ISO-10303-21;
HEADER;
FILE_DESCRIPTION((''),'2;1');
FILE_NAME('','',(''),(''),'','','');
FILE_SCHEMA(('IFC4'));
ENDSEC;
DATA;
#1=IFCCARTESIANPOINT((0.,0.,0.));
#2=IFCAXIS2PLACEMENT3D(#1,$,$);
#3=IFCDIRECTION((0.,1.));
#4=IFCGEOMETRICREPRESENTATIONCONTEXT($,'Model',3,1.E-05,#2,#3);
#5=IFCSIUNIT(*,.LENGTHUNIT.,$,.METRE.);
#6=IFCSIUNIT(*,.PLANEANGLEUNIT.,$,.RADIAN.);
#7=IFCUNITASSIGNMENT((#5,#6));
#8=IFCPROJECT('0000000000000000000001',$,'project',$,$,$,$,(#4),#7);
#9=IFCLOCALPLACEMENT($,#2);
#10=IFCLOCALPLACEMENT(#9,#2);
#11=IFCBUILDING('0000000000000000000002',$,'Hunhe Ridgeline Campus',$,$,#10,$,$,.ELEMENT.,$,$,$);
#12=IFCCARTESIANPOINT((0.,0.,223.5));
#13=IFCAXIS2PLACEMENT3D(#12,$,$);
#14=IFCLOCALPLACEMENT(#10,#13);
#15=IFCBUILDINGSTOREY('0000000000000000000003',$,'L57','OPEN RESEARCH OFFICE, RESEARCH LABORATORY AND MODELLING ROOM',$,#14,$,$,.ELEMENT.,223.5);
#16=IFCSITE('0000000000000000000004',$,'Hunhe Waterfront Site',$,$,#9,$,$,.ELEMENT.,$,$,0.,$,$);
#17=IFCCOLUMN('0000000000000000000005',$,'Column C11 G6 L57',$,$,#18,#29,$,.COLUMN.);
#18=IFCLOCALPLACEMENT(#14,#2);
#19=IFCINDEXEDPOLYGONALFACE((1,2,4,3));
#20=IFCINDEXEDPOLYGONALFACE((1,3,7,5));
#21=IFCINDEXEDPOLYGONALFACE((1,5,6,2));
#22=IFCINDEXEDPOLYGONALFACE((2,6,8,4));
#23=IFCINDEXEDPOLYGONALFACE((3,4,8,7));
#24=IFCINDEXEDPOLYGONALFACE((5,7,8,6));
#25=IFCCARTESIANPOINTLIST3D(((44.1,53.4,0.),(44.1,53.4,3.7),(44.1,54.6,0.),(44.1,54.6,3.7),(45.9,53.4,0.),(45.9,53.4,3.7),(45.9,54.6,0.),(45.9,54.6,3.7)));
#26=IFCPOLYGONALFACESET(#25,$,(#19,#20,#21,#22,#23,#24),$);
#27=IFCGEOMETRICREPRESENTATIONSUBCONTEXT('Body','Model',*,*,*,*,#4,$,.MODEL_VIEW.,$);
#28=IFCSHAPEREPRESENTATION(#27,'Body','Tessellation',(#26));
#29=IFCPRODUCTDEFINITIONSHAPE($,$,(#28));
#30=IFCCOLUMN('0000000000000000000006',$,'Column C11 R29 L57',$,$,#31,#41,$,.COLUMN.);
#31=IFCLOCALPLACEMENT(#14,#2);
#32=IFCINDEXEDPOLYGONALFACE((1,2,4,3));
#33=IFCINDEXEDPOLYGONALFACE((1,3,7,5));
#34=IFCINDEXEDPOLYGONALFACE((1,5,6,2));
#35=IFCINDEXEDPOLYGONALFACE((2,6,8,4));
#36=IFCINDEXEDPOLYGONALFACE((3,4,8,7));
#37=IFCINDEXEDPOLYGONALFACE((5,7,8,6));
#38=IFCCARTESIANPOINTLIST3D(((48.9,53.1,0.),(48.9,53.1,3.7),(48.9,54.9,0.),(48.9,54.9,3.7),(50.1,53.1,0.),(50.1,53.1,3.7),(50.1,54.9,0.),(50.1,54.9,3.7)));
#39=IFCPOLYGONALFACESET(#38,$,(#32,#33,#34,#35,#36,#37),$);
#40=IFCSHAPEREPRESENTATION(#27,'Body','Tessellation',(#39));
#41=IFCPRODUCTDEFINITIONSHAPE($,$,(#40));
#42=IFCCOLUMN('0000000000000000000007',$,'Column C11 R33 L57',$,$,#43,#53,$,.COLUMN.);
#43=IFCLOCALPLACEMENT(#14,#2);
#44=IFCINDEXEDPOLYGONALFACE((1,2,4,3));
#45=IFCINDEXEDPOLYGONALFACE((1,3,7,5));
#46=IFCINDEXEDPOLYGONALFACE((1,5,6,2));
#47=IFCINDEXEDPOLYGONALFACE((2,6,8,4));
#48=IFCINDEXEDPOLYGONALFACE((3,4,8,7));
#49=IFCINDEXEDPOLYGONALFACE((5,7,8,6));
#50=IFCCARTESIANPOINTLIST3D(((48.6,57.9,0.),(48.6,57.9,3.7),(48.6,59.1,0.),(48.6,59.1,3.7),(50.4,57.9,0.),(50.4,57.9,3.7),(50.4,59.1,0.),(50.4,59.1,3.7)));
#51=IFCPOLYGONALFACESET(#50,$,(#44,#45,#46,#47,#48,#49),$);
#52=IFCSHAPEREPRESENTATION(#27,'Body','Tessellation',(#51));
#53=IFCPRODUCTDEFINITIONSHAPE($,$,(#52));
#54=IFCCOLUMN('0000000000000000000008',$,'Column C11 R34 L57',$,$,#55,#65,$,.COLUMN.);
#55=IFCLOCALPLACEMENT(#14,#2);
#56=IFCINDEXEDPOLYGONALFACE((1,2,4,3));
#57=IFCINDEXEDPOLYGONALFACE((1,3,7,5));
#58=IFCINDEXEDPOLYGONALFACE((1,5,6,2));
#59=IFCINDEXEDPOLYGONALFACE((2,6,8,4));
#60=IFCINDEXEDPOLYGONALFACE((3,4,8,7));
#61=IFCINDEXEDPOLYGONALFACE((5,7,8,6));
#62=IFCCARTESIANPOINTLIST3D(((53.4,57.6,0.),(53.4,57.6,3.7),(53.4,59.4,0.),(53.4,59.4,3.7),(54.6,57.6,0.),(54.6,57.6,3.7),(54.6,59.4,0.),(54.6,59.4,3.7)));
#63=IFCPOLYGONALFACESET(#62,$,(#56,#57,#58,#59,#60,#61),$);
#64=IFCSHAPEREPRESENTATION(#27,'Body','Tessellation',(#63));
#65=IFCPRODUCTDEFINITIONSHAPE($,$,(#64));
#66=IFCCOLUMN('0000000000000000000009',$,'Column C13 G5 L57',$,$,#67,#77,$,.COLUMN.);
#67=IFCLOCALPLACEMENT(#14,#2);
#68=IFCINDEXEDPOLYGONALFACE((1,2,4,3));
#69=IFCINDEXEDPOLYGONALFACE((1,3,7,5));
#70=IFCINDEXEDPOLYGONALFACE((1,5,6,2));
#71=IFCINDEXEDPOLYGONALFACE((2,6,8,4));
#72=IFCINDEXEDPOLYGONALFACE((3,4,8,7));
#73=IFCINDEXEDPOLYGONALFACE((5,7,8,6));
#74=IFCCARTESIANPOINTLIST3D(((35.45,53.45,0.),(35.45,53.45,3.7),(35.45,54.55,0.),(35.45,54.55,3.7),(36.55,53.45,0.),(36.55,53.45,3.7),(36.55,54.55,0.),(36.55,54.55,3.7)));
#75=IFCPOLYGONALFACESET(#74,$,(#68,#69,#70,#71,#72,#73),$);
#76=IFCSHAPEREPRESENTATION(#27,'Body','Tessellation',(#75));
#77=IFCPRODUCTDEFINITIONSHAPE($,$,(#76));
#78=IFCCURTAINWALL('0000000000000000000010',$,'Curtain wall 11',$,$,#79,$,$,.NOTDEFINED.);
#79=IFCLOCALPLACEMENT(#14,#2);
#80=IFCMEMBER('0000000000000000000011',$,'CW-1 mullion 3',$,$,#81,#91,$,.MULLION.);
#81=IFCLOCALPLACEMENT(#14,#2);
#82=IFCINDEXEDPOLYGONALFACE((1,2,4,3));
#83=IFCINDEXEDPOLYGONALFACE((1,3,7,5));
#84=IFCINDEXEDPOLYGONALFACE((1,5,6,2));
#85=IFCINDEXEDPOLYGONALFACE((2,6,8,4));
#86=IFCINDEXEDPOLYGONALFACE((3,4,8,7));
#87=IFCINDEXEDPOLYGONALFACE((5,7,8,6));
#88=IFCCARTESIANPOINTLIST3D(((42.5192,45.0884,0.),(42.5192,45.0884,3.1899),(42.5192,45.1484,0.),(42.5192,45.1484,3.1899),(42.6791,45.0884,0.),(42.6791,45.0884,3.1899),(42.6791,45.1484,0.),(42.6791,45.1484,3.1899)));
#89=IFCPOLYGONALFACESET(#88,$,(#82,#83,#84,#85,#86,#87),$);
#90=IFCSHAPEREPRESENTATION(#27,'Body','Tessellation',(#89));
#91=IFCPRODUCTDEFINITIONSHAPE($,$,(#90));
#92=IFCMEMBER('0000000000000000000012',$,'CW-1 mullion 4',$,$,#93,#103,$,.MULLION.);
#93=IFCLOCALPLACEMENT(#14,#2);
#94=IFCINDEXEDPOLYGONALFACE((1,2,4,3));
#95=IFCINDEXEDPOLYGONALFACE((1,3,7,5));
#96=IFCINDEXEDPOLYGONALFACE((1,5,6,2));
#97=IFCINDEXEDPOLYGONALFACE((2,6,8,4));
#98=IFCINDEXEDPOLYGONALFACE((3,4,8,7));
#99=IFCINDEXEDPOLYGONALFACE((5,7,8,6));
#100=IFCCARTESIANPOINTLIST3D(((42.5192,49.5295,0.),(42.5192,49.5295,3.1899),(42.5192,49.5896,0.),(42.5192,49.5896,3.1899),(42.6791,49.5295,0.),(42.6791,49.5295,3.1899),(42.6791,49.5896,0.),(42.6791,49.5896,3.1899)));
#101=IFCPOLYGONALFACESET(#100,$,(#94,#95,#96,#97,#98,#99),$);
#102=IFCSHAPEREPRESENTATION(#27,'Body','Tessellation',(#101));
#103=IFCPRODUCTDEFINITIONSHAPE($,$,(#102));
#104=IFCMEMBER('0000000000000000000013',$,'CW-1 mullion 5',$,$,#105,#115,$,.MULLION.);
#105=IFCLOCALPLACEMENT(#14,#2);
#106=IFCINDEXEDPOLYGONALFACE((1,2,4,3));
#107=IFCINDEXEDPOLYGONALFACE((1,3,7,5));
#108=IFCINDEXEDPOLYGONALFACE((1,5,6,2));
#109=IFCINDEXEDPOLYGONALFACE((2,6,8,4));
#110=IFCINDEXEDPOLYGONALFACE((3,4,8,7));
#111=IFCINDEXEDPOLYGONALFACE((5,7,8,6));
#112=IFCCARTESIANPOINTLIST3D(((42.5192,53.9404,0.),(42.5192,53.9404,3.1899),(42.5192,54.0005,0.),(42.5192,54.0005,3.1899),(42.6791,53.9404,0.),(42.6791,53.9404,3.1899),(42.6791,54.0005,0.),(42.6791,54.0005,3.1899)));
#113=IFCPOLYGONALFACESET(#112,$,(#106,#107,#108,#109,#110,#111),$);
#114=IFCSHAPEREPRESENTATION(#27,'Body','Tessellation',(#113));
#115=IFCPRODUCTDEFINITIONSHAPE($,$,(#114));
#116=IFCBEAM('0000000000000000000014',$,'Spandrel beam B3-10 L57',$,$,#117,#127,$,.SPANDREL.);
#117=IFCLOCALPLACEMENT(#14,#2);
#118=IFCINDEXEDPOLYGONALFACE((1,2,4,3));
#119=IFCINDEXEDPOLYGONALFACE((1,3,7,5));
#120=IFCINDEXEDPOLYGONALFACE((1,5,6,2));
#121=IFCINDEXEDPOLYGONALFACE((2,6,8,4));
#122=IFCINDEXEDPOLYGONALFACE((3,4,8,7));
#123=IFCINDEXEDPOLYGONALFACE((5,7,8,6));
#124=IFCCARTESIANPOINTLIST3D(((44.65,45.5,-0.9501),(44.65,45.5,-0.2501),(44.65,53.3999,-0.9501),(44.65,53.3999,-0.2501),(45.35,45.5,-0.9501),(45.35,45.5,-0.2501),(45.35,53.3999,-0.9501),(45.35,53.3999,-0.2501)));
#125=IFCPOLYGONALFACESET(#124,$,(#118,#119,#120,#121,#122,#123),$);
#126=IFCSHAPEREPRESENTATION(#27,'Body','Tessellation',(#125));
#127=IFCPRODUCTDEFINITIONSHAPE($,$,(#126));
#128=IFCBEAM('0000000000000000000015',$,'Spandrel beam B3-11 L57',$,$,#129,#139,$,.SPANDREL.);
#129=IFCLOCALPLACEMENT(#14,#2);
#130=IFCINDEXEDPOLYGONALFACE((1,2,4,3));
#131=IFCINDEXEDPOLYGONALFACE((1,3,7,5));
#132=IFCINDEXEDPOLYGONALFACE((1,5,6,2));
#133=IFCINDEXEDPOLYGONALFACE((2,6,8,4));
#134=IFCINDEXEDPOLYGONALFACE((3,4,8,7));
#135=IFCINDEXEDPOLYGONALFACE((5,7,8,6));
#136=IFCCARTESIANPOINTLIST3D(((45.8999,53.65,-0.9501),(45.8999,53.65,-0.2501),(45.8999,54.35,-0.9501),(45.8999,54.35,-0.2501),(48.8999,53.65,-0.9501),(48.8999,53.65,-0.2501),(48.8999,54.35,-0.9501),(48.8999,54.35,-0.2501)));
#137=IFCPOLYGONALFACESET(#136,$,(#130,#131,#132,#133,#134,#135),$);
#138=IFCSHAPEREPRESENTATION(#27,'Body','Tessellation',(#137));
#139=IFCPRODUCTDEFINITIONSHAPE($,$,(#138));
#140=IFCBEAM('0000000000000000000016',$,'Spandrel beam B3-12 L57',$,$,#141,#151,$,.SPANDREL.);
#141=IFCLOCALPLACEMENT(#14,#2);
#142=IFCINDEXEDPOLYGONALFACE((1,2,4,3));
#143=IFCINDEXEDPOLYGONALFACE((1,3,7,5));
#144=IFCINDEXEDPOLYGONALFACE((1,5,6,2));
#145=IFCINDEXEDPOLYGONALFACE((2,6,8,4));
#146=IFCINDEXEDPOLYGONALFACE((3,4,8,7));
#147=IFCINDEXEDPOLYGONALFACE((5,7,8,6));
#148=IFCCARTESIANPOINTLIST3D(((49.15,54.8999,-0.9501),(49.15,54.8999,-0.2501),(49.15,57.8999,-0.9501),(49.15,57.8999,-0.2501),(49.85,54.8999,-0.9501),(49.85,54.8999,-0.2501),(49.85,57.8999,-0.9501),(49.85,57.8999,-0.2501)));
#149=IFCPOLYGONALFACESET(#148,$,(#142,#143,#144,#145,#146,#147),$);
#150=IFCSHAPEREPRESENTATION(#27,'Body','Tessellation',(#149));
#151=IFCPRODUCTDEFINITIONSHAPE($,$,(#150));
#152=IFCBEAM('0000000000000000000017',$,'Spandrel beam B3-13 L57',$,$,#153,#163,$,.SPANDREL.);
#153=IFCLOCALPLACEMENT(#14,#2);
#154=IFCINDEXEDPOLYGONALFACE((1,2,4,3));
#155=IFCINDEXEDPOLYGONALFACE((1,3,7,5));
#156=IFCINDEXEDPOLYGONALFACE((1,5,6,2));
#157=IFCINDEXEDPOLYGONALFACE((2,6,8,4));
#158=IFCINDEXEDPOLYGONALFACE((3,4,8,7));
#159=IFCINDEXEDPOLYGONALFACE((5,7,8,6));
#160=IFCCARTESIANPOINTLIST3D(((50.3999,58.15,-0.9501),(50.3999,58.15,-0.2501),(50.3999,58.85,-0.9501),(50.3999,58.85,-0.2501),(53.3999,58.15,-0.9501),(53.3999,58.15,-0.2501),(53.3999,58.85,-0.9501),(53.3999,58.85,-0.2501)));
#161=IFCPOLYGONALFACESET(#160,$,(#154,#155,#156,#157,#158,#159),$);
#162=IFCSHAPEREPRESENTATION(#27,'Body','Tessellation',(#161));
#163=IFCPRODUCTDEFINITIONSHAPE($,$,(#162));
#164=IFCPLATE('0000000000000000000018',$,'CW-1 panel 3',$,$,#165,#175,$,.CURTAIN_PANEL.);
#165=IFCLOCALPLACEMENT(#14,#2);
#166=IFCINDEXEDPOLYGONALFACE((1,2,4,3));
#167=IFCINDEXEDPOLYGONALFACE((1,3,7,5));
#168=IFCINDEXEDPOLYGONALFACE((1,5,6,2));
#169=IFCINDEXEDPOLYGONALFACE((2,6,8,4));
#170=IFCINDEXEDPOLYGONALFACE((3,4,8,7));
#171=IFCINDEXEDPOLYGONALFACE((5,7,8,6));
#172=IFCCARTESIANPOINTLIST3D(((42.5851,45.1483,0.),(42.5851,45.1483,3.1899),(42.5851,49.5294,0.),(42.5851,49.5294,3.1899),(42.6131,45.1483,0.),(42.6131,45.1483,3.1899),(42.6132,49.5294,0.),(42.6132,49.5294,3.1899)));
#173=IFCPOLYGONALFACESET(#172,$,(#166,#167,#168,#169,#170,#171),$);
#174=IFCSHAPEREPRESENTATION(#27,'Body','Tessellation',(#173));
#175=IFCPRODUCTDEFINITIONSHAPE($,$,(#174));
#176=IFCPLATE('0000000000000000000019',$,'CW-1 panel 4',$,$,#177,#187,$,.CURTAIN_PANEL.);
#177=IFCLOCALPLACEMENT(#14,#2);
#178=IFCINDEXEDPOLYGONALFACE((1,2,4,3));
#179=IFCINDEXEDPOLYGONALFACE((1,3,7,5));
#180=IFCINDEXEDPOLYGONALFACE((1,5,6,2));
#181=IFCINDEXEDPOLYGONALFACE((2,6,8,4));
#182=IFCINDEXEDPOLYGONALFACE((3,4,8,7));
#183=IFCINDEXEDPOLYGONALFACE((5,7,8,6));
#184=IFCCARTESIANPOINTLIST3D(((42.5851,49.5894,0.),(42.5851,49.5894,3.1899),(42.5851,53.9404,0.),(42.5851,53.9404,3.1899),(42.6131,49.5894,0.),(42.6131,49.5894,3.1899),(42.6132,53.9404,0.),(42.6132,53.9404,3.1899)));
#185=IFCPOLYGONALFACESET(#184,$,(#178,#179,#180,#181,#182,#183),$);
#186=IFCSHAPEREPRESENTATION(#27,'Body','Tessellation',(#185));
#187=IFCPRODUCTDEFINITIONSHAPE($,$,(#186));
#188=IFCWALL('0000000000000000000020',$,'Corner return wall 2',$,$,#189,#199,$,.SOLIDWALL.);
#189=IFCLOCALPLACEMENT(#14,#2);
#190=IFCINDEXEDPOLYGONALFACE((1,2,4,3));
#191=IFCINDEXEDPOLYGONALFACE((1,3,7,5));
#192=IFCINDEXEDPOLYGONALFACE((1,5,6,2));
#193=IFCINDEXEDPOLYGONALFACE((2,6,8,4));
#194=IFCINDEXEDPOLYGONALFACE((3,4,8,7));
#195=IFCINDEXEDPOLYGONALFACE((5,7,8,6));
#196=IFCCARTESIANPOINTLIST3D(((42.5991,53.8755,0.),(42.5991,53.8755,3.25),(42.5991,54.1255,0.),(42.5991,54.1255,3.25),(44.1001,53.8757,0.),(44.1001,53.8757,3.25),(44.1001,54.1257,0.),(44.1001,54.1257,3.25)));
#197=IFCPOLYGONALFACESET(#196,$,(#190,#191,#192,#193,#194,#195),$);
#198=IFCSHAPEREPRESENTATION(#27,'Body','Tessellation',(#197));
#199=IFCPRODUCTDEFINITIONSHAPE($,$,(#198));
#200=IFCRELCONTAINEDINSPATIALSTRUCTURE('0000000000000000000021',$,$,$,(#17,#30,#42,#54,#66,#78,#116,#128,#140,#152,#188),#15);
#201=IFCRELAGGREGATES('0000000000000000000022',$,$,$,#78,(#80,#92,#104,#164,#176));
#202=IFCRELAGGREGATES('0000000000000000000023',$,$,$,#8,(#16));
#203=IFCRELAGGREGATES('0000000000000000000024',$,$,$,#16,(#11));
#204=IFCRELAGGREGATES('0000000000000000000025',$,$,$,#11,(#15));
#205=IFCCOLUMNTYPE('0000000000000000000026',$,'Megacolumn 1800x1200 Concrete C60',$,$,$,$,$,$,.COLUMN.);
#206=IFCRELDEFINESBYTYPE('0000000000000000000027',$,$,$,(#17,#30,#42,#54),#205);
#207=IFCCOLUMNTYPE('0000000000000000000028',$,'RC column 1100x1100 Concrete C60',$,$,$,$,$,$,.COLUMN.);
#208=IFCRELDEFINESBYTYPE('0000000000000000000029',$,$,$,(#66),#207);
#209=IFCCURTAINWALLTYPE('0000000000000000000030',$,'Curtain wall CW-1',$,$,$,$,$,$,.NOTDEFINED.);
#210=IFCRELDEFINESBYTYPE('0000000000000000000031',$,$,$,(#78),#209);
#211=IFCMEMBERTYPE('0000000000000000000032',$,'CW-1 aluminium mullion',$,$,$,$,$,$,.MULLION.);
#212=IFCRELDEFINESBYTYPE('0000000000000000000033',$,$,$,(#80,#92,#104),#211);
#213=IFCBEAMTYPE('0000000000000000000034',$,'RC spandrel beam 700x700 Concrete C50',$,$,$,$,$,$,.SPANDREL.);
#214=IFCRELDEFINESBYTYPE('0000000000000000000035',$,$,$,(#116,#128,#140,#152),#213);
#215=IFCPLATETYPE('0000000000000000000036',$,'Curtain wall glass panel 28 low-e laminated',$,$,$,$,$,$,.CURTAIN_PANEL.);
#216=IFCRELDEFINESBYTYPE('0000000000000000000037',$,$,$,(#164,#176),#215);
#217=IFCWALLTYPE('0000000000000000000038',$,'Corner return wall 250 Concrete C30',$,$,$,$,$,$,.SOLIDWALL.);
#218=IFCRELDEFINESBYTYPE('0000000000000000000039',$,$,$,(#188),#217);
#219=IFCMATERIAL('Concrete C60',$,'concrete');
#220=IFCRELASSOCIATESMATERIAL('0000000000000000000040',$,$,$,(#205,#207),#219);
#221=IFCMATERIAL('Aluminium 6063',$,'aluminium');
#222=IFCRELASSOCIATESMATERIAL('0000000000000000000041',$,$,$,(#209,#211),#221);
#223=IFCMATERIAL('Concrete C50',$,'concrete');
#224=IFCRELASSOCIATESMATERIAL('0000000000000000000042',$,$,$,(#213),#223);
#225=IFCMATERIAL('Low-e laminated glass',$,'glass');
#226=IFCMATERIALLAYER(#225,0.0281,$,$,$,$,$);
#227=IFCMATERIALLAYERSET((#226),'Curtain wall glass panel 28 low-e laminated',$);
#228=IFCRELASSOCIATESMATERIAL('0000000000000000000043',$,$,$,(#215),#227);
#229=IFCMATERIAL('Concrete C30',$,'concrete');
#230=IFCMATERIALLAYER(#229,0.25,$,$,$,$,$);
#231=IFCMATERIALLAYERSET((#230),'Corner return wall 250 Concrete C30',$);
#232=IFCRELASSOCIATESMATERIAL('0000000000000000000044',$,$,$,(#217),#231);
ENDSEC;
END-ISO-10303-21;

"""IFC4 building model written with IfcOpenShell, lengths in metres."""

from ifc_helpers import new_model, si_unit, direction, frame, frame_2d, origin, origin_2d, place, context, subcontext, project, spatial, rectangle, extrude, material, layer, layer_set, material_profile, profile_set, type_object, element, aggregate, save


model = new_model("IFC4")

# Units and contexts
model_context = context("Model", 3, precision=1e-05, world=origin(), true_north=direction((0.0, 1.0)))
body_context = subcontext(model_context, "Body", "Model", "MODEL_VIEW")
ifc_project = project(units=[si_unit("LENGTHUNIT", "METRE"), si_unit("PLANEANGLEUNIT", "RADIAN")], contexts=[model_context])

# Site, building, storey
site_placement = place(None, origin())
site = spatial("IfcSite", under=ifc_project, at=site_placement, Name="Hunhe Waterfront Site", CompositionType="ELEMENT", RefElevation=0.0)
building_placement = place(site_placement, origin())
building = spatial("IfcBuilding", under=site, at=building_placement, Name="Hunhe Ridgeline Campus", CompositionType="ELEMENT")
storey_placement = place(building_placement, frame((0.0, 0.0, 223.5)))
storey = spatial("IfcBuildingStorey", under=building, at=storey_placement, Name="L57", Description="OPEN RESEARCH OFFICE, RESEARCH LABORATORY AND MODELLING ROOM", CompositionType="ELEMENT", Elevation=223.5)

# Columns
ifc_material_1 = material(Name="Concrete C60", Category="concrete")
ifc_material_profile_1 = material_profile(ifc_material_1, rectangle(XDim=1.8, YDim=1.2, at=origin_2d()))
ifc_profile_set_1 = profile_set([ifc_material_profile_1], Name="Concrete C60")
column_type_1 = type_object("IfcColumnType", Name="Megacolumn 1800x1200 Concrete C60", PredefinedType="COLUMN", material=ifc_profile_set_1)
for number, where, z_axis, x_axis, name in (
    (1, (45.0, 54.0, 0.0), (0.0, 0.0, 1.0), (1.0, 0.0, 0.0), "Column C11 G6 L57"),
    (2, (49.5, 54.0, 0.0), (0.0, 0.0, 1.0), (0.0, 1.0, 0.0), "Column C11 R29 L57"),
    (3, (49.5, 58.5, 0.0), (0.0, 0.0, 1.0), (1.0, 0.0, 0.0), "Column C11 R33 L57"),
    (4, (54.0, 58.5, 0.0), (0.0, 0.0, 1.0), (0.0, 1.0, 0.0), "Column C11 R34 L57"),
):
    element("IfcColumn", number, at=place(storey_placement, frame(where, z_axis=z_axis, x_axis=x_axis)), inside=storey, type_object=column_type_1, Name=name, PredefinedType="COLUMN", context=body_context, shape_type="SweptSolid", body=[
        extrude(rectangle(XDim=1.8, YDim=1.2, at=origin_2d()), origin(), (0.0, 0.0, 1.0), 3.7),
    ])
ifc_material_profile_2 = material_profile(ifc_material_1, rectangle(XDim=1.1001, YDim=1.1001, at=origin_2d()))
ifc_profile_set_2 = profile_set([ifc_material_profile_2], Name="Concrete C60")
column_type_2 = type_object("IfcColumnType", Name="RC column 1100x1100 Concrete C60", PredefinedType="COLUMN", material=ifc_profile_set_2)
column_placement = place(storey_placement, frame((36.0, 54.0, 0.0), z_axis=(0.0, 0.0, 1.0), x_axis=(1.0, 0.0, 0.0)))
element("IfcColumn", 5, at=column_placement, inside=storey, type_object=column_type_2, Name="Column C13 G5 L57", PredefinedType="COLUMN", context=body_context, shape_type="SweptSolid", body=[
    extrude(rectangle(XDim=1.1001, YDim=1.1001, at=origin_2d()), origin(), (0.0, 0.0, 1.0), 3.7),
])

# Curtain wall, members
ifc_material_2 = material(Name="Aluminium 6063", Category="aluminium")
curtain_wall_type = type_object("IfcCurtainWallType", Name="Curtain wall CW-1", PredefinedType="NOTDEFINED", material=ifc_material_2)
curtain_wall_placement = place(storey_placement, origin())
curtain_wall = element("IfcCurtainWall", 6, at=curtain_wall_placement, inside=storey, type_object=curtain_wall_type, Name="Curtain wall 11", PredefinedType="NOTDEFINED")
ifc_material_profile_3 = material_profile(ifc_material_2, rectangle(XDim=0.1599, YDim=0.0601, at=origin_2d()))
ifc_profile_set_3 = profile_set([ifc_material_profile_3], Name="Aluminium 6063")
member_type = type_object("IfcMemberType", Name="CW-1 aluminium mullion", PredefinedType="MULLION", material=ifc_profile_set_3)
member_1_placement = place(storey_placement, frame((42.5991, 45.1184, 0.0), z_axis=(0.0, 0.0, 1.0), x_axis=(-1.0, 0.000007, 0.0)))
member_1 = element("IfcMember", 7, at=member_1_placement, type_object=member_type, Name="CW-1 mullion 3", PredefinedType="MULLION", context=body_context, shape_type="SweptSolid", body=[
    extrude(rectangle(XDim=0.1599, YDim=0.0601, at=origin_2d()), origin(), (0.0, 0.0, 1.0), 3.1899),
])
member_2_placement = place(storey_placement, frame((42.5991, 49.5596, 0.0), z_axis=(0.0, 0.0, 1.0), x_axis=(-1.0, 0.000007, 0.0)))
member_2 = element("IfcMember", 8, at=member_2_placement, type_object=member_type, Name="CW-1 mullion 4", PredefinedType="MULLION", context=body_context, shape_type="SweptSolid", body=[
    extrude(rectangle(XDim=0.1599, YDim=0.0601, at=origin_2d()), origin(), (0.0, 0.0, 1.0), 3.1899),
])
member_3_placement = place(storey_placement, frame((42.5991, 53.9705, 0.0), z_axis=(0.0, 0.0, 1.0), x_axis=(-1.0, 0.000007, 0.0)))
member_3 = element("IfcMember", 9, at=member_3_placement, type_object=member_type, Name="CW-1 mullion 5", PredefinedType="MULLION", context=body_context, shape_type="SweptSolid", body=[
    extrude(rectangle(XDim=0.1599, YDim=0.0601, at=origin_2d()), origin(), (0.0, 0.0, 1.0), 3.1899),
])

# Beams
ifc_material_3 = material(Name="Concrete C50", Category="concrete")
ifc_material_profile_4 = material_profile(ifc_material_3, rectangle(XDim=0.7, YDim=0.7, at=origin_2d()))
ifc_profile_set_4 = profile_set([ifc_material_profile_4], Name="Concrete C50")
beam_type = type_object("IfcBeamType", Name="RC spandrel beam 700x700 Concrete C50", PredefinedType="SPANDREL", material=ifc_profile_set_4)
beam_placement = place(storey_placement, frame((45.0, 45.5, -0.6001), z_axis=(0.0, 1.0, 0.0), x_axis=(-1.0, 0.0, 0.0)))
element("IfcBeam", 10, at=beam_placement, inside=storey, type_object=beam_type, Name="Spandrel beam B3-10 L57", PredefinedType="SPANDREL", context=body_context, shape_type="SweptSolid", body=[
    extrude(rectangle(XDim=0.7, YDim=0.7, at=origin_2d()), origin(), (0.0, 0.0, 1.0), 7.8999),
])
for number, where, z_axis, x_axis, name in (
    (11, (45.8999, 54.0, -0.6001), (1.0, 0.0, 0.0), (0.0, 1.0, 0.0), "Spandrel beam B3-11 L57"),
    (12, (49.5, 54.8999, -0.6001), (0.0, 1.0, 0.0), (-1.0, 0.0, 0.0), "Spandrel beam B3-12 L57"),
    (13, (50.3999, 58.5, -0.6001), (1.0, 0.0, 0.0), (0.0, 1.0, 0.0), "Spandrel beam B3-13 L57"),
):
    element("IfcBeam", number, at=place(storey_placement, frame(where, z_axis=z_axis, x_axis=x_axis)), inside=storey, type_object=beam_type, Name=name, PredefinedType="SPANDREL", context=body_context, shape_type="SweptSolid", body=[
        extrude(rectangle(XDim=0.7, YDim=0.7, at=origin_2d()), origin(), (0.0, 0.0, 1.0), 3.0),
    ])

# Plates
ifc_material_4 = material(Name="Low-e laminated glass", Category="glass")
ifc_layer_1 = layer(ifc_material_4, 0.0281)
ifc_layer_set_1 = layer_set([ifc_layer_1], Name="Curtain wall glass panel 28 low-e laminated")
plate_type = type_object("IfcPlateType", Name="Curtain wall glass panel 28 low-e laminated", PredefinedType="CURTAIN_PANEL", material=ifc_layer_set_1)
plate_1_placement = place(storey_placement, frame((42.5991, 47.3389, 0.0), z_axis=(0.0, 0.0, 1.0), x_axis=(0.000007, 1.0, 0.0)))
plate_1 = element("IfcPlate", 14, at=plate_1_placement, type_object=plate_type, Name="CW-1 panel 3", PredefinedType="CURTAIN_PANEL", context=body_context, shape_type="SweptSolid", body=[
    extrude(rectangle(XDim=4.3811, YDim=0.0281, at=origin_2d()), origin(), (0.0, 0.0, 1.0), 3.1899),
])
plate_2_placement = place(storey_placement, frame((42.5991, 51.7649, 0.0), z_axis=(0.0, 0.0, 1.0), x_axis=(0.000007, 1.0, 0.0)))
plate_2 = element("IfcPlate", 15, at=plate_2_placement, type_object=plate_type, Name="CW-1 panel 4", PredefinedType="CURTAIN_PANEL", context=body_context, shape_type="SweptSolid", body=[
    extrude(rectangle(XDim=4.3511, YDim=0.0281, at=origin_2d()), origin(), (0.0, 0.0, 1.0), 3.1899),
])
aggregate(curtain_wall, [member_1, member_2, member_3, plate_1, plate_2])

# Wall
ifc_material_5 = material(Name="Concrete C30", Category="concrete")
ifc_layer_2 = layer(ifc_material_5, 0.25)
ifc_layer_set_2 = layer_set([ifc_layer_2], Name="Corner return wall 250 Concrete C30")
wall_type_1 = type_object("IfcWallType", Name="Corner return wall 250 Concrete C30", PredefinedType="SOLIDWALL", material=ifc_layer_set_2)
wall_1_placement = place(storey_placement, frame((42.5991, 54.0005, 0.0), z_axis=(0.0, 0.0, 1.0), x_axis=(1.0, 0.000163, 0.0)))
element("IfcWall", 16, at=wall_1_placement, inside=storey, type_object=wall_type_1, Name="Corner return wall 2", PredefinedType="SOLIDWALL", context=body_context, shape_type="SweptSolid", body=[
    extrude(rectangle(XDim=1.501, YDim=0.25, at=frame_2d((0.7505, 0.0))), origin(), (0.0, 0.0, 1.0), 3.25),
])

save(model, "model.ifc")
